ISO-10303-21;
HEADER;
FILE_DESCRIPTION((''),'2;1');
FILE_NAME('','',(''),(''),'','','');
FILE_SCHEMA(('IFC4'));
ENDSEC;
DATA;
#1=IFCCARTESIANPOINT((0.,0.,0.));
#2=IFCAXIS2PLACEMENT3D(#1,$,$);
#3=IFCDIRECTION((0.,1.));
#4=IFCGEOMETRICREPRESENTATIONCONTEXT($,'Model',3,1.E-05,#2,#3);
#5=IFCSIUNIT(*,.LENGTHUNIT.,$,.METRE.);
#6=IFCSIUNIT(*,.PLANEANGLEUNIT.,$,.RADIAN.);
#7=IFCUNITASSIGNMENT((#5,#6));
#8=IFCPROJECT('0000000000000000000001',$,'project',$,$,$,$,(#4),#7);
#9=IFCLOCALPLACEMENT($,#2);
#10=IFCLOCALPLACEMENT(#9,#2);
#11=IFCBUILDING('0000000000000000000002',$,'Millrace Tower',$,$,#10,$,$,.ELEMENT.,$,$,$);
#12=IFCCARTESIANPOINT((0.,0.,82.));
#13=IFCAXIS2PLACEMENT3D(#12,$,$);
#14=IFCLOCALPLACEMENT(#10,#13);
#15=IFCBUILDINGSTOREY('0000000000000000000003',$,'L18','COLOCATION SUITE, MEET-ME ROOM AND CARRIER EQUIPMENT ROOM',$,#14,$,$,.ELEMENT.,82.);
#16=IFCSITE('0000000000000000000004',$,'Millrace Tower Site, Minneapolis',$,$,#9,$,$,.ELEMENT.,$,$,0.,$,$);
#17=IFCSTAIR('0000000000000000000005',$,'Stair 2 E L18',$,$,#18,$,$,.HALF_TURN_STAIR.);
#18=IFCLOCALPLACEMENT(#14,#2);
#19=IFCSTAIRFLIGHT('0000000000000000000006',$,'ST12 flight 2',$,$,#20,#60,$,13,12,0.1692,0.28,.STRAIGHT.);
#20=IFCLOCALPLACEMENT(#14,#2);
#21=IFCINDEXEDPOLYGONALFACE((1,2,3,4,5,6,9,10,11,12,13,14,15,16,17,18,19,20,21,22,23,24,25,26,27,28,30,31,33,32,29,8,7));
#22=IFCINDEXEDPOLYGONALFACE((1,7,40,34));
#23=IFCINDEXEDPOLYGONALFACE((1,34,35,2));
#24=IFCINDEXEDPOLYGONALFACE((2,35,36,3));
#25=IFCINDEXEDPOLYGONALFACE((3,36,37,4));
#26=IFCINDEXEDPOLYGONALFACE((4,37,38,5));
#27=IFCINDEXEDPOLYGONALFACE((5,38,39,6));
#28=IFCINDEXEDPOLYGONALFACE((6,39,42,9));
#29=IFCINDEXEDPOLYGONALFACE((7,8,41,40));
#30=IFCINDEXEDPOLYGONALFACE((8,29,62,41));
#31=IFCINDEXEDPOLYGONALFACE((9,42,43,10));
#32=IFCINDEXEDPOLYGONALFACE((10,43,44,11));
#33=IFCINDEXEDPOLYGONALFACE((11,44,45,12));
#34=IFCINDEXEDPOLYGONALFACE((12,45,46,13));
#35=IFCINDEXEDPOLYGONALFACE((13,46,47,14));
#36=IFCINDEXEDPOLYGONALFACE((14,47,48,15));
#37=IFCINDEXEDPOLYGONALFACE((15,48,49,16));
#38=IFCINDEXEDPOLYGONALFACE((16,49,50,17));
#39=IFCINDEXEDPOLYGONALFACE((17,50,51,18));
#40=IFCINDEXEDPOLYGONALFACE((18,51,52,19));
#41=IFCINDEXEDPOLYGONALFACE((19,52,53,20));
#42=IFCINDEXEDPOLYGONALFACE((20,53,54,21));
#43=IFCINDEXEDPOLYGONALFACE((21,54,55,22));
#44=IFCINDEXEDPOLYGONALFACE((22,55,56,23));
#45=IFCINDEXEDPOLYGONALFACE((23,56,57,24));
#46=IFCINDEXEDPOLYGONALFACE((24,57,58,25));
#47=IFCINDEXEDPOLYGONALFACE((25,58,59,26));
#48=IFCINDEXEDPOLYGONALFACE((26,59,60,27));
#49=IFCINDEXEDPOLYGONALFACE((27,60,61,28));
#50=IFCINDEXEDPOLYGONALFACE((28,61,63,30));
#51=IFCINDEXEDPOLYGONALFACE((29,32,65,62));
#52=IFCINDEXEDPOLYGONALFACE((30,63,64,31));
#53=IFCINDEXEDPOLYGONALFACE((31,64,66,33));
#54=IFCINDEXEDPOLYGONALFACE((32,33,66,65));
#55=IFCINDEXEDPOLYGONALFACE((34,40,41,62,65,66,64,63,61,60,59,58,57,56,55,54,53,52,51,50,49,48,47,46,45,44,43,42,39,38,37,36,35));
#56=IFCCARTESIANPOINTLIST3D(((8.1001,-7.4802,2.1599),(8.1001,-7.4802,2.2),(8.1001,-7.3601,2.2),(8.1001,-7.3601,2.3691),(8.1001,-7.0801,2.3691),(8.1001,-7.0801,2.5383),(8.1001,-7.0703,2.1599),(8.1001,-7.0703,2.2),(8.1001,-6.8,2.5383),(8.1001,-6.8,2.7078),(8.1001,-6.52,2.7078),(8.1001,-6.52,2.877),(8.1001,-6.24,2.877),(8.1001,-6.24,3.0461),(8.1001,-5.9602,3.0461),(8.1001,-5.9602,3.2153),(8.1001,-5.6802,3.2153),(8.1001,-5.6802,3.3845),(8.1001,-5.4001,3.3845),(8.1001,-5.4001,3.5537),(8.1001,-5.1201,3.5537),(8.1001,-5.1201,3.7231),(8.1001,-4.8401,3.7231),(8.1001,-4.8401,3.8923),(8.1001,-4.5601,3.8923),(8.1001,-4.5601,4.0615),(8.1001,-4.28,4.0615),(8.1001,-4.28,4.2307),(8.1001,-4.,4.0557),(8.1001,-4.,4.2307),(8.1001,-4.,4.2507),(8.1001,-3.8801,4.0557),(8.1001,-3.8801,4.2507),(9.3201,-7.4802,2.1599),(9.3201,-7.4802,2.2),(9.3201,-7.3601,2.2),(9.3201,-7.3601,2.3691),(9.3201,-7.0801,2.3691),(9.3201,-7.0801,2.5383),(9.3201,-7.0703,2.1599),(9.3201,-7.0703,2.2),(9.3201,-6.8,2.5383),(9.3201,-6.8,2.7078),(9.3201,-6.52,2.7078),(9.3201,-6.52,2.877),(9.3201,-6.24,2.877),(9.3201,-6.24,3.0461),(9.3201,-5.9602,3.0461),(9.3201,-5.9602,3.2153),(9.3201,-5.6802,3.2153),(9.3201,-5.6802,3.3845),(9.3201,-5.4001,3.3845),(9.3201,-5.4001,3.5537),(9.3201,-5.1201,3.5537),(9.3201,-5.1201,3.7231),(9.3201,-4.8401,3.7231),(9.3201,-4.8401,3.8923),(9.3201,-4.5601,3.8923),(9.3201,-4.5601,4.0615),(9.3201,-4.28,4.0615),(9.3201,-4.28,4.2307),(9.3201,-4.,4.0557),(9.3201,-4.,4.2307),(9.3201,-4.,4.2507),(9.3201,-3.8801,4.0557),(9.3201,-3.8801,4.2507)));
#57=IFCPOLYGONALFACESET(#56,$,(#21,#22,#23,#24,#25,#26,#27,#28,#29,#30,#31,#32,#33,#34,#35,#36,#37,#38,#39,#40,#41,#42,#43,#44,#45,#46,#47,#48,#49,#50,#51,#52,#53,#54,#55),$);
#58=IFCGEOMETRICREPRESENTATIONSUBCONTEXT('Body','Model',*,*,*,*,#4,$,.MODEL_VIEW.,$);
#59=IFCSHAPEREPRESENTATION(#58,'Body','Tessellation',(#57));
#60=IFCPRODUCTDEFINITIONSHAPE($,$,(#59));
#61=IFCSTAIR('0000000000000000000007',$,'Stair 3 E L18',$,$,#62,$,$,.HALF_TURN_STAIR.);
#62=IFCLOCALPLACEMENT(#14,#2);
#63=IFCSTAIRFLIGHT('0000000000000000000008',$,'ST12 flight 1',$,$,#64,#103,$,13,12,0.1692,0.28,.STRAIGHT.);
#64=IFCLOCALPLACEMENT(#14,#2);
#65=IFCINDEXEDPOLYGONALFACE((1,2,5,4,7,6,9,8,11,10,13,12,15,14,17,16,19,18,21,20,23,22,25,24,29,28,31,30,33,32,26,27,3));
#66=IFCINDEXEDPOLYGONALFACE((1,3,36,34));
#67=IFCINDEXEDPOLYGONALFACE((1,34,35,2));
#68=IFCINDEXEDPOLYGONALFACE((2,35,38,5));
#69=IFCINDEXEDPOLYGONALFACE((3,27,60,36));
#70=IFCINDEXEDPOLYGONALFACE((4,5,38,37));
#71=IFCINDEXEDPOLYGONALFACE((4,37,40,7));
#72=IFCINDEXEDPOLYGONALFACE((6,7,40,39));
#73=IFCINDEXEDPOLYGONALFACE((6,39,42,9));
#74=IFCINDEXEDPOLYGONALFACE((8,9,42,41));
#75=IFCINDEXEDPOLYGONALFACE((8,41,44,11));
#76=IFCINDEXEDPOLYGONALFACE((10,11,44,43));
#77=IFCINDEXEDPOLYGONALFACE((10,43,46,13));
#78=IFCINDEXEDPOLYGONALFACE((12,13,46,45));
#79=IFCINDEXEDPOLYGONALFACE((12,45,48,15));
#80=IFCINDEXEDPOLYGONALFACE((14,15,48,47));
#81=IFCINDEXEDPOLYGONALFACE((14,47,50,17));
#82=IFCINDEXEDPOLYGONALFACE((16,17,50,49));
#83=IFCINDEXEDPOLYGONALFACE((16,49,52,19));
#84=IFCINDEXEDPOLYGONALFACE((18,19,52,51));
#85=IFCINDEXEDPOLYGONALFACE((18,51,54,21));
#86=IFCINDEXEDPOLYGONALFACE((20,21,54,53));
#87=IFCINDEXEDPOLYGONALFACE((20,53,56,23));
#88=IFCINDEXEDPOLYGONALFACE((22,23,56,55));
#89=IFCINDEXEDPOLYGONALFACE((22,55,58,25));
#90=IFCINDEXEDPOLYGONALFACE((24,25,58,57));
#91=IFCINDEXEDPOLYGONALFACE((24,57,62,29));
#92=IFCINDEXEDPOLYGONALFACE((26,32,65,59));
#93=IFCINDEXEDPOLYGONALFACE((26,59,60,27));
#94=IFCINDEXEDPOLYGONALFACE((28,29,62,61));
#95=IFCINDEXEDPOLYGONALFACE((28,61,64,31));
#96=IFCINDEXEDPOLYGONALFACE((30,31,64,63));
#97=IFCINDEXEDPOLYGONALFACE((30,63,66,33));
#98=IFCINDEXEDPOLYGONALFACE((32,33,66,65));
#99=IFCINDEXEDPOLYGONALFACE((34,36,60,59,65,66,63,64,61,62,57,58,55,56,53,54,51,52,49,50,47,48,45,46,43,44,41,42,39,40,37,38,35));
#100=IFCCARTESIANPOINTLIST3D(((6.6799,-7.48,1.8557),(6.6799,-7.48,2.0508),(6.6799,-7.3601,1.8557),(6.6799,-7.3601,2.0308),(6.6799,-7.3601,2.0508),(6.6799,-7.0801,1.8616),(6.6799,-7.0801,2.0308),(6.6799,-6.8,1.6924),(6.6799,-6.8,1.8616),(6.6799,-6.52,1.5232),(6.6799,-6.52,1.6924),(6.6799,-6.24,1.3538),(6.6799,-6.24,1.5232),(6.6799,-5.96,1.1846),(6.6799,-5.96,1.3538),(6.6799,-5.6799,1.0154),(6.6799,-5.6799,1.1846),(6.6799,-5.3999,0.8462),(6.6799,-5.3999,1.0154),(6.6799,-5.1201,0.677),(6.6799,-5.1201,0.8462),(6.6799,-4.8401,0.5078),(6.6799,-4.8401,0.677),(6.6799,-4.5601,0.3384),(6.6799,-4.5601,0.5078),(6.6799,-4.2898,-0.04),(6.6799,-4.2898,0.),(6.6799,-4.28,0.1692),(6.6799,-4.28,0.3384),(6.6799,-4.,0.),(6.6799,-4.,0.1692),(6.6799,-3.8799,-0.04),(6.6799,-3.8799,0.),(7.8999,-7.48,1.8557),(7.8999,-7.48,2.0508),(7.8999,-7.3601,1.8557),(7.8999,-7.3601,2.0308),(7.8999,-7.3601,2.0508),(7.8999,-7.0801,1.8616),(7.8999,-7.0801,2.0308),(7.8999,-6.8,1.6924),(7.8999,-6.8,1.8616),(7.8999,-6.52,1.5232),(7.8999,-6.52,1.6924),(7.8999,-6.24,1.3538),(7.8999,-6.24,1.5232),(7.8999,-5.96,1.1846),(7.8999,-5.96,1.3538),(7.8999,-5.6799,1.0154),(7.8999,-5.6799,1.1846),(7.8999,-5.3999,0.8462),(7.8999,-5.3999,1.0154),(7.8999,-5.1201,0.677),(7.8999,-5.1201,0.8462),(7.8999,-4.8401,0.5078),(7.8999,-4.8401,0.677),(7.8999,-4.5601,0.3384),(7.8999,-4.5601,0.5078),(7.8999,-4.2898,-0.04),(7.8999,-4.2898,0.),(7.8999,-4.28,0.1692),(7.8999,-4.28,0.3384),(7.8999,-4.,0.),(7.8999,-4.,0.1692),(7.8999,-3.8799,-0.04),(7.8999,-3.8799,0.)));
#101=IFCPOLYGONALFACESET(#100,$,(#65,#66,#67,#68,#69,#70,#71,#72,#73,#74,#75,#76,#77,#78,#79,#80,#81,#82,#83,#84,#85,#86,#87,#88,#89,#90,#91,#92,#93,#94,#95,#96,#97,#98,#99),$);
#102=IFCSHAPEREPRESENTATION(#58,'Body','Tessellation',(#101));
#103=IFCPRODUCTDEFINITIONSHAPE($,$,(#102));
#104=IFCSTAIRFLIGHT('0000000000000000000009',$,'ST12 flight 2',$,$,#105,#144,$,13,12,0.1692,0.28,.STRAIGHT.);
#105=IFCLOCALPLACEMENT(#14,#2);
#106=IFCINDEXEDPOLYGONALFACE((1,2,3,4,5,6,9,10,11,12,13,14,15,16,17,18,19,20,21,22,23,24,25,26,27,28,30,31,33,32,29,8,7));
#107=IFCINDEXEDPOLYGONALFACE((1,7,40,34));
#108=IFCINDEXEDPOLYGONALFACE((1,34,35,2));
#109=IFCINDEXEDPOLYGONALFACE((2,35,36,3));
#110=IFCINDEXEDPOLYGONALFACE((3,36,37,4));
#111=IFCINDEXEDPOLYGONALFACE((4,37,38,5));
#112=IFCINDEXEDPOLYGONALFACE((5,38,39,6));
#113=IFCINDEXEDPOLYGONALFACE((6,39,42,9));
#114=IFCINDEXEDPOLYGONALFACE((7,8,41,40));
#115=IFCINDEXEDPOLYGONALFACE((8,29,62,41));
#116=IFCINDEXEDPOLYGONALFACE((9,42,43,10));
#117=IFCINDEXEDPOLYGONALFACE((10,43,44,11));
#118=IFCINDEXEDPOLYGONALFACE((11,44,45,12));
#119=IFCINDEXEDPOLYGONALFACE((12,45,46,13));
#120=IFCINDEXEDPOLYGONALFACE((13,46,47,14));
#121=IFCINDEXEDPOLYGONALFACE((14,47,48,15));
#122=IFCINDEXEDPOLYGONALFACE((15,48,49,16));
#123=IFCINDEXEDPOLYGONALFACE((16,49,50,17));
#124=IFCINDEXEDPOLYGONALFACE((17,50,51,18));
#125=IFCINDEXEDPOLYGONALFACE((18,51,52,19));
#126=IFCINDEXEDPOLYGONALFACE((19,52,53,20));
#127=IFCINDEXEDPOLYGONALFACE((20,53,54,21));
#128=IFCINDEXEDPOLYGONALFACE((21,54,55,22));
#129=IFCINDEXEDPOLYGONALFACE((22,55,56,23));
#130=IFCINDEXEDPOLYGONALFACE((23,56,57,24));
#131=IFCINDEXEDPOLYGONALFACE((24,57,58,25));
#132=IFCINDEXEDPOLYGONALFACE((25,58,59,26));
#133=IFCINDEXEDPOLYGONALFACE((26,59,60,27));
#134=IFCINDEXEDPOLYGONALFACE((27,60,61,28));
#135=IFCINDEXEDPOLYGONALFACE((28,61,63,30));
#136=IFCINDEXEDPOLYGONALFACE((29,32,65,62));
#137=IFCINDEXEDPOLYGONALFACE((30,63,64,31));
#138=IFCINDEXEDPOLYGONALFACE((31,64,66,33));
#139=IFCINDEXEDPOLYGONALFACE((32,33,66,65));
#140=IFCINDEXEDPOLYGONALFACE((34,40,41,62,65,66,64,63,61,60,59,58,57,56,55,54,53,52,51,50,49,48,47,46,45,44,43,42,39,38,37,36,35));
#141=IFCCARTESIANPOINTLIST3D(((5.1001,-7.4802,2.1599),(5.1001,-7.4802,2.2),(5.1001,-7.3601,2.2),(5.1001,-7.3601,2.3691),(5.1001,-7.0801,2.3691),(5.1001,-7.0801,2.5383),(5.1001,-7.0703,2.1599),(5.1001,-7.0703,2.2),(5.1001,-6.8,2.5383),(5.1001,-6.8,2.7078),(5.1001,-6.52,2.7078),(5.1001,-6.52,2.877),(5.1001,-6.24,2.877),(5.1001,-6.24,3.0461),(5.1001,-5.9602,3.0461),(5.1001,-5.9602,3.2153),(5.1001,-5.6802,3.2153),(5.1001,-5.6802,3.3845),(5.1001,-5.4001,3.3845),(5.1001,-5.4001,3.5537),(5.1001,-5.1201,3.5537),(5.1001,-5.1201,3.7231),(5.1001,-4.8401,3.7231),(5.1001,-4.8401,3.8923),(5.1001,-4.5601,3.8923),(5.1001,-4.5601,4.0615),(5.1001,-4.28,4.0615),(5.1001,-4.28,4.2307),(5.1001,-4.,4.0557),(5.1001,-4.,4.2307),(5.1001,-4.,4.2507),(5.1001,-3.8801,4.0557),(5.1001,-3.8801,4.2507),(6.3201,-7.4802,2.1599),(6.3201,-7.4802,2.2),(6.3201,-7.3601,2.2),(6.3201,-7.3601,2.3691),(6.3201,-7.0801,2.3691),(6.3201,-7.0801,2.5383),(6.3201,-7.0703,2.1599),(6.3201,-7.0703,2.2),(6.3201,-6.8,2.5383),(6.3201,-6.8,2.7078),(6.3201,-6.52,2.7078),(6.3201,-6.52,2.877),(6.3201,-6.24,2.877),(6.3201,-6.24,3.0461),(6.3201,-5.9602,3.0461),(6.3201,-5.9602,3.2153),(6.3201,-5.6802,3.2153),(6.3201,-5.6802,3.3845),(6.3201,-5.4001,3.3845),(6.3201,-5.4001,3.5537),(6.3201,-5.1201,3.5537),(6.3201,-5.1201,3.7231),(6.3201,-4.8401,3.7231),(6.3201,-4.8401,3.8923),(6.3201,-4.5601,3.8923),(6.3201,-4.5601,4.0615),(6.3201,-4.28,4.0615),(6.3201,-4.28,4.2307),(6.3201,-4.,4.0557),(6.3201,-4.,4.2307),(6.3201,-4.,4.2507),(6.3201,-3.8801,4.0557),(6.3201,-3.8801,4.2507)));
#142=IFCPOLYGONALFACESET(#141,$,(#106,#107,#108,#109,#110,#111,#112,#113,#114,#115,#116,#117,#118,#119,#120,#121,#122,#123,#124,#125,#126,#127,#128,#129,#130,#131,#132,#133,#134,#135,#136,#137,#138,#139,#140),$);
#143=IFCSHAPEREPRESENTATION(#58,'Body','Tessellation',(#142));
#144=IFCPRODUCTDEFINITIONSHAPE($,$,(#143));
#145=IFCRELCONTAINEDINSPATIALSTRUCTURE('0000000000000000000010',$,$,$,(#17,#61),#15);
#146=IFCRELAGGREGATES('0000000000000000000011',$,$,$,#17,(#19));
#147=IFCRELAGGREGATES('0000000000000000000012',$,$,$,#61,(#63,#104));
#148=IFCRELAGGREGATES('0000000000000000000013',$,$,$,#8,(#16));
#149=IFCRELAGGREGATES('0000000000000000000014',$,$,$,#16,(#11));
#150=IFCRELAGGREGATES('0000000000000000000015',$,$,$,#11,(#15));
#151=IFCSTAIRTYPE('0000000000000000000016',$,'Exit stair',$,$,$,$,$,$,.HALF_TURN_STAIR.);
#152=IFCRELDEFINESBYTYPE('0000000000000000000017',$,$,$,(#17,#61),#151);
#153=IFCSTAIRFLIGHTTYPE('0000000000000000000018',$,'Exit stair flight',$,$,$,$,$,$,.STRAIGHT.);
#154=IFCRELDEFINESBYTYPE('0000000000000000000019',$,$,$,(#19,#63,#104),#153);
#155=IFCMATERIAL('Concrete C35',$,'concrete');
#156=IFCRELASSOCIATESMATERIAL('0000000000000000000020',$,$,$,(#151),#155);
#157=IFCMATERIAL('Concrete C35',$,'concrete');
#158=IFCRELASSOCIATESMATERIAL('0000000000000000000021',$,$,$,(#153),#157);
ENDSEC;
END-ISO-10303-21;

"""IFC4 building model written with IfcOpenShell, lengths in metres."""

from ifc_helpers import new_model, si_unit, direction, frame, origin, place, context, subcontext, project, spatial, polyline, outline, extrude, material, type_object, element, aggregate, save


model = new_model("IFC4")

# Units and contexts
model_context = context("Model", 3, precision=1e-05, world=origin(), true_north=direction((0.0, 1.0)))
body_context = subcontext(model_context, "Body", "Model", "MODEL_VIEW")
ifc_project = project(units=[si_unit("LENGTHUNIT", "METRE"), si_unit("PLANEANGLEUNIT", "RADIAN")], contexts=[model_context])

# Site, building, storey
site_placement = place(None, origin())
site = spatial("IfcSite", under=ifc_project, at=site_placement, Name="Millrace Tower Site, Minneapolis", CompositionType="ELEMENT", RefElevation=0.0)
building_placement = place(site_placement, origin())
building = spatial("IfcBuilding", under=site, at=building_placement, Name="Millrace Tower", CompositionType="ELEMENT")
storey_placement = place(building_placement, frame((0.0, 0.0, 82.0)))
storey = spatial("IfcBuildingStorey", under=building, at=storey_placement, Name="L18", Description="COLOCATION SUITE, MEET-ME ROOM AND CARRIER EQUIPMENT ROOM", CompositionType="ELEMENT", Elevation=82.0)

# Shared definitions
placement_1 = place(storey_placement, origin())

# Stairs, stair flights
ifc_material_1 = material(Name="Concrete C35", Category="concrete")
stair_type = type_object("IfcStairType", Name="Exit stair", PredefinedType="HALF_TURN_STAIR", material=ifc_material_1)
ifc_material_2 = material(Name="Concrete C35", Category="concrete")
stair_flight_type = type_object("IfcStairFlightType", Name="Exit stair flight", PredefinedType="STRAIGHT", material=ifc_material_2)
stair_1 = element("IfcStair", 1, at=placement_1, inside=storey, type_object=stair_type, Name="Stair 2 E L18", PredefinedType="HALF_TURN_STAIR")
stair_flight_1_placement = place(storey_placement, frame((8.71, -7.3601, 2.2), z_axis=(0.0, 0.0, 1.0), x_axis=(0.0, 1.0, 0.0)))
stair_flight_1 = element("IfcStairFlight", 2, at=stair_flight_1_placement, type_object=stair_flight_type, Name="ST12 flight 2", NumberOfRisers=13, NumberOfTreads=12, PredefinedType="STRAIGHT", RiserHeight=0.1692, TreadLength=0.28, context=body_context, shape_type="SweptSolid", body=[
    extrude(outline(polyline([(-0.1201, -0.04), (-0.1201, 0.0), (0.0, 0.0), (0.0, 0.1692), (0.28, 0.1692), (0.28, 0.3384), (0.5601, 0.3384), (0.5601, 0.5078), (0.8401, 0.5078), (0.8401, 0.677), (1.1201, 0.677), (1.1201, 0.8462), (1.3999, 0.8462), (1.3999, 1.0154), (1.6799, 1.0154), (1.6799, 1.1846), (1.96, 1.1846), (1.96, 1.3538), (2.24, 1.3538), (2.24, 1.5232), (2.52, 1.5232), (2.52, 1.6924), (2.8, 1.6924), (2.8, 1.8616), (3.0801, 1.8616), (3.0801, 2.0308), (3.3601, 2.0308), (3.3601, 2.0508), (3.48, 2.0508), (3.48, 1.8557), (3.3601, 1.8557), (0.2898, 0.0), (0.2898, -0.04), (-0.1201, -0.04)])), frame((0.0, 0.6099, 0.0), z_axis=(0.0, -1.0, 0.0), x_axis=(1.0, 0.0, 0.0)), (0.0, 0.0, 1.0), 1.22),
])
aggregate(stair_1, [stair_flight_1])
stair_2 = element("IfcStair", 3, at=placement_1, inside=storey, type_object=stair_type, Name="Stair 3 E L18", PredefinedType="HALF_TURN_STAIR")
stair_flight_2_placement = place(storey_placement, frame((7.29, -4.0, 0.0), z_axis=(0.0, 0.0, 1.0), x_axis=(0.0, -1.0, 0.0)))
stair_flight_2 = element("IfcStairFlight", 4, at=stair_flight_2_placement, type_object=stair_flight_type, Name="ST12 flight 1", NumberOfRisers=13, NumberOfTreads=12, PredefinedType="STRAIGHT", RiserHeight=0.1692, TreadLength=0.28, context=body_context, shape_type="SweptSolid", body=[
    extrude(outline(polyline([(-0.1201, -0.04), (-0.1201, 0.0), (0.0, 0.0), (0.0, 0.1692), (0.28, 0.1692), (0.28, 0.3384), (0.5601, 0.3384), (0.5601, 0.5078), (0.8401, 0.5078), (0.8401, 0.677), (1.1201, 0.677), (1.1201, 0.8462), (1.3999, 0.8462), (1.3999, 1.0154), (1.6799, 1.0154), (1.6799, 1.1846), (1.96, 1.1846), (1.96, 1.3538), (2.24, 1.3538), (2.24, 1.5232), (2.52, 1.5232), (2.52, 1.6924), (2.8, 1.6924), (2.8, 1.8616), (3.0801, 1.8616), (3.0801, 2.0308), (3.3601, 2.0308), (3.3601, 2.0508), (3.48, 2.0508), (3.48, 1.8557), (3.3601, 1.8557), (0.2898, 0.0), (0.2898, -0.04), (-0.1201, -0.04)])), frame((0.0, 0.6099, 0.0), z_axis=(0.0, -1.0, 0.0), x_axis=(1.0, 0.0, 0.0)), (0.0, 0.0, 1.0), 1.22),
])
stair_flight_3_placement = place(storey_placement, frame((5.71, -7.3601, 2.2), z_axis=(0.0, 0.0, 1.0), x_axis=(0.0, 1.0, 0.0)))
stair_flight_3 = element("IfcStairFlight", 5, at=stair_flight_3_placement, type_object=stair_flight_type, Name="ST12 flight 2", NumberOfRisers=13, NumberOfTreads=12, PredefinedType="STRAIGHT", RiserHeight=0.1692, TreadLength=0.28, context=body_context, shape_type="SweptSolid", body=[
    extrude(outline(polyline([(-0.1201, -0.04), (-0.1201, 0.0), (0.0, 0.0), (0.0, 0.1692), (0.28, 0.1692), (0.28, 0.3384), (0.5601, 0.3384), (0.5601, 0.5078), (0.8401, 0.5078), (0.8401, 0.677), (1.1201, 0.677), (1.1201, 0.8462), (1.3999, 0.8462), (1.3999, 1.0154), (1.6799, 1.0154), (1.6799, 1.1846), (1.96, 1.1846), (1.96, 1.3538), (2.24, 1.3538), (2.24, 1.5232), (2.52, 1.5232), (2.52, 1.6924), (2.8, 1.6924), (2.8, 1.8616), (3.0801, 1.8616), (3.0801, 2.0308), (3.3601, 2.0308), (3.3601, 2.0508), (3.48, 2.0508), (3.48, 1.8557), (3.3601, 1.8557), (0.2898, 0.0), (0.2898, -0.04), (-0.1201, -0.04)])), frame((0.0, 0.6099, 0.0), z_axis=(0.0, -1.0, 0.0), x_axis=(1.0, 0.0, 0.0)), (0.0, 0.0, 1.0), 1.22),
])
aggregate(stair_2, [stair_flight_2, stair_flight_3])

save(model, "model.ifc")
